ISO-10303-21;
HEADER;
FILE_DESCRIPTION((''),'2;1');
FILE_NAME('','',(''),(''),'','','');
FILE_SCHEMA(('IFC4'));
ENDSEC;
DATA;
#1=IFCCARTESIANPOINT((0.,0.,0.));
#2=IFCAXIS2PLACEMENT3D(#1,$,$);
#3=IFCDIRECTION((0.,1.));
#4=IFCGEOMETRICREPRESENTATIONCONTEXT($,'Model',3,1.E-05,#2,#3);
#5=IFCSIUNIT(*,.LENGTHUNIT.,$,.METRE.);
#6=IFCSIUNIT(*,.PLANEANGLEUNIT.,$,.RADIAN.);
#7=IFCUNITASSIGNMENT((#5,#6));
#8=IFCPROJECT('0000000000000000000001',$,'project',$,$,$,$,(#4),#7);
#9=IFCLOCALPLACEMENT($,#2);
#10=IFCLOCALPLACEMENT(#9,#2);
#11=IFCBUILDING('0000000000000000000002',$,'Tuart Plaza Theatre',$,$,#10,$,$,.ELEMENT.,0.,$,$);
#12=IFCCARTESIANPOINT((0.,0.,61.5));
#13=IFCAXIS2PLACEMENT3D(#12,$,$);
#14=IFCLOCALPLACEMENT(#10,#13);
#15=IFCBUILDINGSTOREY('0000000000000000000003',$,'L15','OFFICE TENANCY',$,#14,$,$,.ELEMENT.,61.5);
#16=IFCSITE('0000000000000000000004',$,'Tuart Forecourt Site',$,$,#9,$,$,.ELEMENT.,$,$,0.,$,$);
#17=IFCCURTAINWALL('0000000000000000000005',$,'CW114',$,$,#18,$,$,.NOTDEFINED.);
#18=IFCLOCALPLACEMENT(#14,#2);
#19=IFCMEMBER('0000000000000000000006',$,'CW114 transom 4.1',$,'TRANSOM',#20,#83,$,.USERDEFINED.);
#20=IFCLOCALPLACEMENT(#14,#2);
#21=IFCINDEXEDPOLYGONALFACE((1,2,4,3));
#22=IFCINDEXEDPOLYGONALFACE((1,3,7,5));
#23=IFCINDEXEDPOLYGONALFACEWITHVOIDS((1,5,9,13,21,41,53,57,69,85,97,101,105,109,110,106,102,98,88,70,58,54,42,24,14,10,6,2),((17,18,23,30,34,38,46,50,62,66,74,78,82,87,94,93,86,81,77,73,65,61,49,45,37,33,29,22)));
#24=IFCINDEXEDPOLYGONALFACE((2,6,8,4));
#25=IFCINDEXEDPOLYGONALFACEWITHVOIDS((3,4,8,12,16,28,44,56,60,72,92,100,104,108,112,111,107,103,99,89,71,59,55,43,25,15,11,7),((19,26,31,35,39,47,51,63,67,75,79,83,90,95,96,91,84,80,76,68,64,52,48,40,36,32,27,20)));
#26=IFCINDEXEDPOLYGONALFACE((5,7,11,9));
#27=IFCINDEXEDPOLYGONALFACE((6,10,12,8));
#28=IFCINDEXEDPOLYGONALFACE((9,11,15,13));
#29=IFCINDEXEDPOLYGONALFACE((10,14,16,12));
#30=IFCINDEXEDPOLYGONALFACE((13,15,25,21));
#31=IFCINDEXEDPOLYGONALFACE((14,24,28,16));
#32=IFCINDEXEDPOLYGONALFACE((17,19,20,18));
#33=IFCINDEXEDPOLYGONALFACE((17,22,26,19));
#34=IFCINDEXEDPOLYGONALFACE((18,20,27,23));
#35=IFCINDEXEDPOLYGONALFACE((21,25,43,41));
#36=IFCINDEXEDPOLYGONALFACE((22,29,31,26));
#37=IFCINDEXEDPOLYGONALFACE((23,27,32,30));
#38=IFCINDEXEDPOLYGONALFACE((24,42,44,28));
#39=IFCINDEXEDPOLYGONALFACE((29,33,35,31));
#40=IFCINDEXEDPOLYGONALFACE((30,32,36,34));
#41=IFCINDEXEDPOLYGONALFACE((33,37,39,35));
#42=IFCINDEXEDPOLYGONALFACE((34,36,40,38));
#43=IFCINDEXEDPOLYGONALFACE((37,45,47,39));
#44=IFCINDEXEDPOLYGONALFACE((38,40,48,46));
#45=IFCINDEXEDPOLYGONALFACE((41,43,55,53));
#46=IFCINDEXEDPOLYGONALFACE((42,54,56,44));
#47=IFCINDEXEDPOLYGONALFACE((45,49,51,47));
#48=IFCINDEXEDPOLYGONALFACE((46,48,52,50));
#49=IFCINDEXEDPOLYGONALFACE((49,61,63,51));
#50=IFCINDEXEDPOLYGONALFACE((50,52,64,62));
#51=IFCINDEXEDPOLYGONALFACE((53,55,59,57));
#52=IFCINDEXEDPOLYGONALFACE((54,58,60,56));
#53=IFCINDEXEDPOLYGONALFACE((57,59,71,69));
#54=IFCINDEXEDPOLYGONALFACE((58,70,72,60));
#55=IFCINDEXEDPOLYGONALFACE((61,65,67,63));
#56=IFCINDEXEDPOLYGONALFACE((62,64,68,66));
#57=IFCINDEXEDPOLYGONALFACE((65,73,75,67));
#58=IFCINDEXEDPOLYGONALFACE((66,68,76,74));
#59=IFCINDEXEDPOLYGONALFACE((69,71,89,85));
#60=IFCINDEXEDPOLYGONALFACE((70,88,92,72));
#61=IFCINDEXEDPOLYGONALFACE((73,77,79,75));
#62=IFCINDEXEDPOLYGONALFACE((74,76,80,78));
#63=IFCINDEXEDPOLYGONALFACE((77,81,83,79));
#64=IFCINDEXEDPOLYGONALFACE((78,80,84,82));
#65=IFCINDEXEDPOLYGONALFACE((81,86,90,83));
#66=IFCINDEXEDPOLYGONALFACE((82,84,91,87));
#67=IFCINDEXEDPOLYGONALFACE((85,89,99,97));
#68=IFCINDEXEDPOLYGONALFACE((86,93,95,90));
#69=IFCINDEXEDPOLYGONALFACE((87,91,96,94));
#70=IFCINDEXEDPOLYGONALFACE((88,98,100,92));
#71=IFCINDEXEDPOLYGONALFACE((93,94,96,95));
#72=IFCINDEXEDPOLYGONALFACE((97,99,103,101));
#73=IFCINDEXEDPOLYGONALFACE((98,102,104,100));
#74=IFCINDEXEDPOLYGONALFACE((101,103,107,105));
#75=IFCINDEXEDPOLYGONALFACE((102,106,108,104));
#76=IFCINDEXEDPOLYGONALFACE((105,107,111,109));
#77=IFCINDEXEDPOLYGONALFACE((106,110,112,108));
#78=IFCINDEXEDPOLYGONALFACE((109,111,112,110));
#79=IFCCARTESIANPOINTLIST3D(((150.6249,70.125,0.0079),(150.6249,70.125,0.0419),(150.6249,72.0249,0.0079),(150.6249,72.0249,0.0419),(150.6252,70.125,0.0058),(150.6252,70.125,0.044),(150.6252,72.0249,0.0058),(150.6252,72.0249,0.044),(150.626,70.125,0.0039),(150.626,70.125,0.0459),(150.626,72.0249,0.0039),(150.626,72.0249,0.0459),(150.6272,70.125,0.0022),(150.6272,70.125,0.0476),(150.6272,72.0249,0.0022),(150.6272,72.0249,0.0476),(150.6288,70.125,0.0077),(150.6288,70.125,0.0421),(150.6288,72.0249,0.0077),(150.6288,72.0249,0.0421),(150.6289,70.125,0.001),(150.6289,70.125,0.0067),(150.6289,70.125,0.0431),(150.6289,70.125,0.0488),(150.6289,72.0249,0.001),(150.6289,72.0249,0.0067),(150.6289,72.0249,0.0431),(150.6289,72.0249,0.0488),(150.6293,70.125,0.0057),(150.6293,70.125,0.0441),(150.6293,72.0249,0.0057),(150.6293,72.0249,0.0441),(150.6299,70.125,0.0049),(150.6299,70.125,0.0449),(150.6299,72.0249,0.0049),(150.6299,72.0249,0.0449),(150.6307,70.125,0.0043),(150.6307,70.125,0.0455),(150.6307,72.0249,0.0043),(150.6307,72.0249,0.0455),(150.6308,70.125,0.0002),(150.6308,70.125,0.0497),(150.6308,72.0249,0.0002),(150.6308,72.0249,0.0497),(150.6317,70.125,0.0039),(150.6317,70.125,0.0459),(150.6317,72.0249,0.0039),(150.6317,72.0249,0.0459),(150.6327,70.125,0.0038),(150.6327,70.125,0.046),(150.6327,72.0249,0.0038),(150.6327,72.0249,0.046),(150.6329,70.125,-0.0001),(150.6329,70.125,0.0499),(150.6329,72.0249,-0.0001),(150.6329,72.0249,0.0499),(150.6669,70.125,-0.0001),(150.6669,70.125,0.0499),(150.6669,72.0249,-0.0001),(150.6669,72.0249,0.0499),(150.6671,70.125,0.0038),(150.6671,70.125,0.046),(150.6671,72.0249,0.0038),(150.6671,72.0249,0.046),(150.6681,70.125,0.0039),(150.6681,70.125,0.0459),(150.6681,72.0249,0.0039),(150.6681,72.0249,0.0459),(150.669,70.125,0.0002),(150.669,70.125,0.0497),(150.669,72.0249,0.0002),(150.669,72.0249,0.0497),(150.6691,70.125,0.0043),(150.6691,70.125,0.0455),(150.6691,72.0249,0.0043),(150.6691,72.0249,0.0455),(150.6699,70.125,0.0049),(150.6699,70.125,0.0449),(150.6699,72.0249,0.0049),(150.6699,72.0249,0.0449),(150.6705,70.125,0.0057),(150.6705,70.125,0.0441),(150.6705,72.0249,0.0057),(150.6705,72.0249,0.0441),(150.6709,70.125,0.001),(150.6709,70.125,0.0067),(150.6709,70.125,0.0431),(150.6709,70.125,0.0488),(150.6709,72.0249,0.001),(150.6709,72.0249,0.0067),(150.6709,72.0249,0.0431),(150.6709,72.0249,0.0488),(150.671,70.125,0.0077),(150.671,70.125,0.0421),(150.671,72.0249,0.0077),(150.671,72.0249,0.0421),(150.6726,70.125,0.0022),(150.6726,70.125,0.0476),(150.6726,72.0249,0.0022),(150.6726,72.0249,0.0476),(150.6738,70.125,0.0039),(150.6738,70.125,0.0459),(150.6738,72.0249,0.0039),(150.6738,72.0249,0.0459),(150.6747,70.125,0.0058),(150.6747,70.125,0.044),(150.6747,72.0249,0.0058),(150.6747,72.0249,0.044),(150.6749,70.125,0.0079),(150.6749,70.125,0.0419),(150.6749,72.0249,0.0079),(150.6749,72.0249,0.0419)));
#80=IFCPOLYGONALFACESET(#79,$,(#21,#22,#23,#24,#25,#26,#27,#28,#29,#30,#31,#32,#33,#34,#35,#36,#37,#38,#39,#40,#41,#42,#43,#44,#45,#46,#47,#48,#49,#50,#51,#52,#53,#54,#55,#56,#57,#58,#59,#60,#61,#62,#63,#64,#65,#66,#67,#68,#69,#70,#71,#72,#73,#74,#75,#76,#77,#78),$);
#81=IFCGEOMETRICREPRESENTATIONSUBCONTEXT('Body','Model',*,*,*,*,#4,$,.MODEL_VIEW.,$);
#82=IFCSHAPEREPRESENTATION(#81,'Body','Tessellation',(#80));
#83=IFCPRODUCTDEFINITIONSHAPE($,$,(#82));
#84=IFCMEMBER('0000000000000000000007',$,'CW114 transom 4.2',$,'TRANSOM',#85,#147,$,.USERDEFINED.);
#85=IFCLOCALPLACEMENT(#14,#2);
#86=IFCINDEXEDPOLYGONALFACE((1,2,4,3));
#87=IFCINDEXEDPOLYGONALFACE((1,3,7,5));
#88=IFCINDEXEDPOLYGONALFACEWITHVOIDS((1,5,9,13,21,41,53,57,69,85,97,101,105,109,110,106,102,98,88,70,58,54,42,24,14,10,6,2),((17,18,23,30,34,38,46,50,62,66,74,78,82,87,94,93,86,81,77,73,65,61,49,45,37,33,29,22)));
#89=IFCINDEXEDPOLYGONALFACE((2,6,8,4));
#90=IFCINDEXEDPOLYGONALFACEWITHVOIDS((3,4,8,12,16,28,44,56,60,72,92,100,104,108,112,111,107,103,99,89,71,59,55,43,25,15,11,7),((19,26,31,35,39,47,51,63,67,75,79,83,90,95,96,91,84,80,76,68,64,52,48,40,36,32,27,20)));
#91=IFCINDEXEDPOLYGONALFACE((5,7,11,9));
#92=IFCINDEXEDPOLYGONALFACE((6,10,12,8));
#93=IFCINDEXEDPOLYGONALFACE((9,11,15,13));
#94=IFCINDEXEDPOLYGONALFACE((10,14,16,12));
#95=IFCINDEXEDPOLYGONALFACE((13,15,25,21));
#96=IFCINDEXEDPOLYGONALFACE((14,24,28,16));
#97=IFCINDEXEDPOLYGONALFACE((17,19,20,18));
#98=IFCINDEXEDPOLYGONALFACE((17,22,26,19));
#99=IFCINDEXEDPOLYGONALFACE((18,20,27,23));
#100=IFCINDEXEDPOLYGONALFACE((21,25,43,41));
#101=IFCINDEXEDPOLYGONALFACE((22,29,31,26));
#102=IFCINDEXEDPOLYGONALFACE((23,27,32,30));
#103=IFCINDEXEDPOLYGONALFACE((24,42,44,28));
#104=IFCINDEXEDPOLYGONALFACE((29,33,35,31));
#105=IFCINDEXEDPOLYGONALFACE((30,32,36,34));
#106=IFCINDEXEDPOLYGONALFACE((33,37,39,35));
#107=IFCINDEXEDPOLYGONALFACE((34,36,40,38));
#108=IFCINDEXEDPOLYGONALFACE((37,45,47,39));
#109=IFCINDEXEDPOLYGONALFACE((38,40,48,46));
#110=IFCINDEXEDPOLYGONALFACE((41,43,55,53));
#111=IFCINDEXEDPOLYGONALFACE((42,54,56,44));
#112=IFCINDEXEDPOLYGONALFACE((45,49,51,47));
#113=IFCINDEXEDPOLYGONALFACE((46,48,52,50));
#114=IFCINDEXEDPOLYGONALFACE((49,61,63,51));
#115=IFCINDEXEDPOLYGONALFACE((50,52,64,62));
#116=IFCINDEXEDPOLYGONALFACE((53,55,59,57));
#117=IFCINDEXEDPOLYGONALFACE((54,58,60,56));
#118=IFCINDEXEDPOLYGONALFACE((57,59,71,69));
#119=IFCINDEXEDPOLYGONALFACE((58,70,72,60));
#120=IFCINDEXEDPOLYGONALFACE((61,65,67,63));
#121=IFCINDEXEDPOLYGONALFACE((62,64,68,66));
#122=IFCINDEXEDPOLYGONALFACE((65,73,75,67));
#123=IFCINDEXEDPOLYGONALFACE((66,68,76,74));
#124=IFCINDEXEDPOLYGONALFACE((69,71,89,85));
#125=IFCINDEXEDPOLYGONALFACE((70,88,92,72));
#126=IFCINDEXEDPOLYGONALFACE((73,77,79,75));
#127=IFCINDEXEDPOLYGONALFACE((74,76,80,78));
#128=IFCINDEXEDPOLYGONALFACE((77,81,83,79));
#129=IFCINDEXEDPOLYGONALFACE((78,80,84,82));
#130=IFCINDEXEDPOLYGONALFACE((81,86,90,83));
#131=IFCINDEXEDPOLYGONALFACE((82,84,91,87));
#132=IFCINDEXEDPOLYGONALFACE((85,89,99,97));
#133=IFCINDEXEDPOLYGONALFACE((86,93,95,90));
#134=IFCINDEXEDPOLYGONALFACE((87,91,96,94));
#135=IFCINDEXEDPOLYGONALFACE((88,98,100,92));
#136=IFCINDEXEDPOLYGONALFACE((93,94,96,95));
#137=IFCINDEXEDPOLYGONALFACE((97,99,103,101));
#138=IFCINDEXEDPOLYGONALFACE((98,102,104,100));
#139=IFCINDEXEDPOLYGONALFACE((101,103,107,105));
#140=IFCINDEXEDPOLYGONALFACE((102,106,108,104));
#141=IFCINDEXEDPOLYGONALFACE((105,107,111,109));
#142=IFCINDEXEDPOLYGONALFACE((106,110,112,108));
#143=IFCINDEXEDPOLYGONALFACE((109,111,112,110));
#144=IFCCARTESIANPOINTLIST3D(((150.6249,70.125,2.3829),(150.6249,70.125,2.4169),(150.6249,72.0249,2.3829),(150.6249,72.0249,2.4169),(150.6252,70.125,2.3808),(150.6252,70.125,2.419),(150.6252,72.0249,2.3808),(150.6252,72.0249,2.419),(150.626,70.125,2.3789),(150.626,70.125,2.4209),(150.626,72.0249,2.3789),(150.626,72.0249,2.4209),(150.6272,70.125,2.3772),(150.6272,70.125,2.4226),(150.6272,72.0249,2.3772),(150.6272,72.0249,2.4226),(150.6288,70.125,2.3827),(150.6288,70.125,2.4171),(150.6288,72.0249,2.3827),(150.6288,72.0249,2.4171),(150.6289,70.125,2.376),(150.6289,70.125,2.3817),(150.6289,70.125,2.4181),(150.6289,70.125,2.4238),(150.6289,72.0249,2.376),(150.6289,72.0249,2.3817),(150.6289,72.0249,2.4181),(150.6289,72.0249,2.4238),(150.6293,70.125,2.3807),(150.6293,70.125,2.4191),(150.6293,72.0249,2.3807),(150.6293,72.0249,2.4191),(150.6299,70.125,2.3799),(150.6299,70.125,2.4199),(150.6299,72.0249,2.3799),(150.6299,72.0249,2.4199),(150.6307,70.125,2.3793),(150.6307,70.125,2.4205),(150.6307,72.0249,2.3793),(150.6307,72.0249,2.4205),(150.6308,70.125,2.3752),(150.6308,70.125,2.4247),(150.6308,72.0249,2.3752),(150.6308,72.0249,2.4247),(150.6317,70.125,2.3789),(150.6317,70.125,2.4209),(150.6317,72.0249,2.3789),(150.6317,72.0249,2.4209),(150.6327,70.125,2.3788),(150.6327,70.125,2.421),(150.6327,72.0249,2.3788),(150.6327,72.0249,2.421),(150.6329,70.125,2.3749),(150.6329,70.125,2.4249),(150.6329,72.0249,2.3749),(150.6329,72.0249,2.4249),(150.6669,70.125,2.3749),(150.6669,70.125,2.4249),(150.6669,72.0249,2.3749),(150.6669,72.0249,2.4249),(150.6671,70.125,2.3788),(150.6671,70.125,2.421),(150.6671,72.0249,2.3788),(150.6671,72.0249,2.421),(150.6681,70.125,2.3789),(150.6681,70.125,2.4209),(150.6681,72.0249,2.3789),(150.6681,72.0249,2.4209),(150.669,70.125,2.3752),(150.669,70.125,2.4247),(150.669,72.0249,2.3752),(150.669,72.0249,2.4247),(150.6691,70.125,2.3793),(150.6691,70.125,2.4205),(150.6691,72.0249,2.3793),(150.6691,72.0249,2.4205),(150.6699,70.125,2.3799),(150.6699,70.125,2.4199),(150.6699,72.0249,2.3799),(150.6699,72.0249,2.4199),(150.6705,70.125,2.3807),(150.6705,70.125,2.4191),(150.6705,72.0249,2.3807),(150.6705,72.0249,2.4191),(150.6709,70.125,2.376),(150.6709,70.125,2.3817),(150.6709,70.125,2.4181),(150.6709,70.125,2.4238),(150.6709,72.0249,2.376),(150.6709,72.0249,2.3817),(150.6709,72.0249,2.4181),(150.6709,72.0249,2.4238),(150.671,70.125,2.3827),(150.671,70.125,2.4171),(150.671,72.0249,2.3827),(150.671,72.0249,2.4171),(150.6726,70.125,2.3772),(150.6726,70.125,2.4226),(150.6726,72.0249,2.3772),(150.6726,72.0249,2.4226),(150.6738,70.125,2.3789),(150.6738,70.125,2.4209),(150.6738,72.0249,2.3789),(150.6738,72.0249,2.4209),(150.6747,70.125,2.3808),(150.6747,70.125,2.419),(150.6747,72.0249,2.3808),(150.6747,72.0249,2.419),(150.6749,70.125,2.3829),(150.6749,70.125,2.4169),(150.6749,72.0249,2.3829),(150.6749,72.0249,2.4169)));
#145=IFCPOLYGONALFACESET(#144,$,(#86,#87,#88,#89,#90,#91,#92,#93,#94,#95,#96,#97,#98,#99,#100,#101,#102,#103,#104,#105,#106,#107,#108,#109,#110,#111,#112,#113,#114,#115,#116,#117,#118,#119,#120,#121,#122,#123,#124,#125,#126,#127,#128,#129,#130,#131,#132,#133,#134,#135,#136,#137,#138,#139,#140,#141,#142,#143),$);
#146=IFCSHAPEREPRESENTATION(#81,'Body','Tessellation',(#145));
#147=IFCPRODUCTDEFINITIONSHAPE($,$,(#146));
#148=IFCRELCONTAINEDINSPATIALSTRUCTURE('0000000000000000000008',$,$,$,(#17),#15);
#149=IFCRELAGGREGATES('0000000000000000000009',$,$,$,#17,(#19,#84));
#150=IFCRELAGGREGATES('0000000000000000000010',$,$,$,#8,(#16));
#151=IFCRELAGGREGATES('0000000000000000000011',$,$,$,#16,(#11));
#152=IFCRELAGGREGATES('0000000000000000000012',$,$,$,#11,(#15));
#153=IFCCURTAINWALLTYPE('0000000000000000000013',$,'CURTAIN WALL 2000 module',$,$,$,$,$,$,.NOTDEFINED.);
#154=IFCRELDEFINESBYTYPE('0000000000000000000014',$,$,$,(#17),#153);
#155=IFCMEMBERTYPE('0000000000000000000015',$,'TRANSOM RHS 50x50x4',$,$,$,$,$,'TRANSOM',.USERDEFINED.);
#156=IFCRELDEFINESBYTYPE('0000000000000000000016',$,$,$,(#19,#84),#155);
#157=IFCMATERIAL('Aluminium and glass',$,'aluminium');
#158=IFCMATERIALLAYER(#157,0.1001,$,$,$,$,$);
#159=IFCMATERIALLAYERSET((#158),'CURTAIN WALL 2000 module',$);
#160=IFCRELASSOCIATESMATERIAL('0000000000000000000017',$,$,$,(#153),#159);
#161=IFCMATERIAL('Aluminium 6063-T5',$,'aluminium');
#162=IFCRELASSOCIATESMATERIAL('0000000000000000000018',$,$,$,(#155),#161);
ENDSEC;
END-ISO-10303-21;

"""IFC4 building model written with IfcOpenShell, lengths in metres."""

from ifc_helpers import new_model, si_unit, direction, frame, origin, origin_2d, place, context, subcontext, project, spatial, hollow_rectangle, extrude, material, layer, layer_set, material_profile, profile_set, type_object, element, aggregate, save


model = new_model("IFC4")

# Units and contexts
model_context = context("Model", 3, precision=1e-05, world=origin(), true_north=direction((0.0, 1.0)))
body_context = subcontext(model_context, "Body", "Model", "MODEL_VIEW")
ifc_project = project(units=[si_unit("LENGTHUNIT", "METRE"), si_unit("PLANEANGLEUNIT", "RADIAN")], contexts=[model_context])

# Site, building, storey
site_placement = place(None, origin())
site = spatial("IfcSite", under=ifc_project, at=site_placement, Name="Tuart Forecourt Site", CompositionType="ELEMENT", RefElevation=0.0)
building_placement = place(site_placement, origin())
building = spatial("IfcBuilding", under=site, at=building_placement, Name="Tuart Plaza Theatre", CompositionType="ELEMENT", ElevationOfRefHeight=0.0)
storey_placement = place(building_placement, frame((0.0, 0.0, 61.5)))
storey = spatial("IfcBuildingStorey", under=building, at=storey_placement, Name="L15", Description="OFFICE TENANCY", CompositionType="ELEMENT", Elevation=61.5)

# Curtain wall, members
ifc_material_1 = material(Name="Aluminium and glass", Category="aluminium")
ifc_layer_1 = layer(ifc_material_1, 0.1001)
ifc_layer_set_1 = layer_set([ifc_layer_1], Name="CURTAIN WALL 2000 module")
curtain_wall_type = type_object("IfcCurtainWallType", Name="CURTAIN WALL 2000 module", PredefinedType="NOTDEFINED", material=ifc_layer_set_1)
curtain_wall_placement = place(storey_placement, origin())
curtain_wall = element("IfcCurtainWall", 1, at=curtain_wall_placement, inside=storey, type_object=curtain_wall_type, Name="CW114", PredefinedType="NOTDEFINED")
ifc_material_2 = material(Name="Aluminium 6063-T5", Category="aluminium")
ifc_material_profile_1 = material_profile(ifc_material_2, hollow_rectangle(XDim=0.05, YDim=0.05, WallThickness=0.0039, InnerFilletRadius=0.0039, OuterFilletRadius=0.0081, at=origin_2d()), Name="RHS 50x50x4")
ifc_profile_set_1 = profile_set([ifc_material_profile_1], Name="Aluminium 6063-T5")
member_type_1 = type_object("IfcMemberType", Name="TRANSOM RHS 50x50x4", ElementType="TRANSOM", PredefinedType="USERDEFINED", material=ifc_profile_set_1)
member_1_placement = place(storey_placement, frame((150.6499, 70.125, 0.0249), z_axis=(0.0, 1.0, 0.0), x_axis=(-1.0, 0.0, 0.0)))
member_1 = element("IfcMember", 2, at=member_1_placement, type_object=member_type_1, Name="CW114 transom 4.1", ObjectType="TRANSOM", PredefinedType="USERDEFINED", context=body_context, shape_type="SweptSolid", body=[
    extrude(hollow_rectangle(XDim=0.05, YDim=0.05, WallThickness=0.0039, InnerFilletRadius=0.0039, OuterFilletRadius=0.0081, at=origin_2d()), origin(), (0.0, 0.0, 1.0), 1.8999),
])
member_2_placement = place(storey_placement, frame((150.6499, 70.125, 2.3999), z_axis=(0.0, 1.0, 0.0), x_axis=(-1.0, 0.0, 0.0)))
member_2 = element("IfcMember", 3, at=member_2_placement, type_object=member_type_1, Name="CW114 transom 4.2", ObjectType="TRANSOM", PredefinedType="USERDEFINED", context=body_context, shape_type="SweptSolid", body=[
    extrude(hollow_rectangle(XDim=0.05, YDim=0.05, WallThickness=0.0039, InnerFilletRadius=0.0039, OuterFilletRadius=0.0081, at=origin_2d()), origin(), (0.0, 0.0, 1.0), 1.8999),
])
aggregate(curtain_wall, [member_1, member_2])

save(model, "model.ifc")
